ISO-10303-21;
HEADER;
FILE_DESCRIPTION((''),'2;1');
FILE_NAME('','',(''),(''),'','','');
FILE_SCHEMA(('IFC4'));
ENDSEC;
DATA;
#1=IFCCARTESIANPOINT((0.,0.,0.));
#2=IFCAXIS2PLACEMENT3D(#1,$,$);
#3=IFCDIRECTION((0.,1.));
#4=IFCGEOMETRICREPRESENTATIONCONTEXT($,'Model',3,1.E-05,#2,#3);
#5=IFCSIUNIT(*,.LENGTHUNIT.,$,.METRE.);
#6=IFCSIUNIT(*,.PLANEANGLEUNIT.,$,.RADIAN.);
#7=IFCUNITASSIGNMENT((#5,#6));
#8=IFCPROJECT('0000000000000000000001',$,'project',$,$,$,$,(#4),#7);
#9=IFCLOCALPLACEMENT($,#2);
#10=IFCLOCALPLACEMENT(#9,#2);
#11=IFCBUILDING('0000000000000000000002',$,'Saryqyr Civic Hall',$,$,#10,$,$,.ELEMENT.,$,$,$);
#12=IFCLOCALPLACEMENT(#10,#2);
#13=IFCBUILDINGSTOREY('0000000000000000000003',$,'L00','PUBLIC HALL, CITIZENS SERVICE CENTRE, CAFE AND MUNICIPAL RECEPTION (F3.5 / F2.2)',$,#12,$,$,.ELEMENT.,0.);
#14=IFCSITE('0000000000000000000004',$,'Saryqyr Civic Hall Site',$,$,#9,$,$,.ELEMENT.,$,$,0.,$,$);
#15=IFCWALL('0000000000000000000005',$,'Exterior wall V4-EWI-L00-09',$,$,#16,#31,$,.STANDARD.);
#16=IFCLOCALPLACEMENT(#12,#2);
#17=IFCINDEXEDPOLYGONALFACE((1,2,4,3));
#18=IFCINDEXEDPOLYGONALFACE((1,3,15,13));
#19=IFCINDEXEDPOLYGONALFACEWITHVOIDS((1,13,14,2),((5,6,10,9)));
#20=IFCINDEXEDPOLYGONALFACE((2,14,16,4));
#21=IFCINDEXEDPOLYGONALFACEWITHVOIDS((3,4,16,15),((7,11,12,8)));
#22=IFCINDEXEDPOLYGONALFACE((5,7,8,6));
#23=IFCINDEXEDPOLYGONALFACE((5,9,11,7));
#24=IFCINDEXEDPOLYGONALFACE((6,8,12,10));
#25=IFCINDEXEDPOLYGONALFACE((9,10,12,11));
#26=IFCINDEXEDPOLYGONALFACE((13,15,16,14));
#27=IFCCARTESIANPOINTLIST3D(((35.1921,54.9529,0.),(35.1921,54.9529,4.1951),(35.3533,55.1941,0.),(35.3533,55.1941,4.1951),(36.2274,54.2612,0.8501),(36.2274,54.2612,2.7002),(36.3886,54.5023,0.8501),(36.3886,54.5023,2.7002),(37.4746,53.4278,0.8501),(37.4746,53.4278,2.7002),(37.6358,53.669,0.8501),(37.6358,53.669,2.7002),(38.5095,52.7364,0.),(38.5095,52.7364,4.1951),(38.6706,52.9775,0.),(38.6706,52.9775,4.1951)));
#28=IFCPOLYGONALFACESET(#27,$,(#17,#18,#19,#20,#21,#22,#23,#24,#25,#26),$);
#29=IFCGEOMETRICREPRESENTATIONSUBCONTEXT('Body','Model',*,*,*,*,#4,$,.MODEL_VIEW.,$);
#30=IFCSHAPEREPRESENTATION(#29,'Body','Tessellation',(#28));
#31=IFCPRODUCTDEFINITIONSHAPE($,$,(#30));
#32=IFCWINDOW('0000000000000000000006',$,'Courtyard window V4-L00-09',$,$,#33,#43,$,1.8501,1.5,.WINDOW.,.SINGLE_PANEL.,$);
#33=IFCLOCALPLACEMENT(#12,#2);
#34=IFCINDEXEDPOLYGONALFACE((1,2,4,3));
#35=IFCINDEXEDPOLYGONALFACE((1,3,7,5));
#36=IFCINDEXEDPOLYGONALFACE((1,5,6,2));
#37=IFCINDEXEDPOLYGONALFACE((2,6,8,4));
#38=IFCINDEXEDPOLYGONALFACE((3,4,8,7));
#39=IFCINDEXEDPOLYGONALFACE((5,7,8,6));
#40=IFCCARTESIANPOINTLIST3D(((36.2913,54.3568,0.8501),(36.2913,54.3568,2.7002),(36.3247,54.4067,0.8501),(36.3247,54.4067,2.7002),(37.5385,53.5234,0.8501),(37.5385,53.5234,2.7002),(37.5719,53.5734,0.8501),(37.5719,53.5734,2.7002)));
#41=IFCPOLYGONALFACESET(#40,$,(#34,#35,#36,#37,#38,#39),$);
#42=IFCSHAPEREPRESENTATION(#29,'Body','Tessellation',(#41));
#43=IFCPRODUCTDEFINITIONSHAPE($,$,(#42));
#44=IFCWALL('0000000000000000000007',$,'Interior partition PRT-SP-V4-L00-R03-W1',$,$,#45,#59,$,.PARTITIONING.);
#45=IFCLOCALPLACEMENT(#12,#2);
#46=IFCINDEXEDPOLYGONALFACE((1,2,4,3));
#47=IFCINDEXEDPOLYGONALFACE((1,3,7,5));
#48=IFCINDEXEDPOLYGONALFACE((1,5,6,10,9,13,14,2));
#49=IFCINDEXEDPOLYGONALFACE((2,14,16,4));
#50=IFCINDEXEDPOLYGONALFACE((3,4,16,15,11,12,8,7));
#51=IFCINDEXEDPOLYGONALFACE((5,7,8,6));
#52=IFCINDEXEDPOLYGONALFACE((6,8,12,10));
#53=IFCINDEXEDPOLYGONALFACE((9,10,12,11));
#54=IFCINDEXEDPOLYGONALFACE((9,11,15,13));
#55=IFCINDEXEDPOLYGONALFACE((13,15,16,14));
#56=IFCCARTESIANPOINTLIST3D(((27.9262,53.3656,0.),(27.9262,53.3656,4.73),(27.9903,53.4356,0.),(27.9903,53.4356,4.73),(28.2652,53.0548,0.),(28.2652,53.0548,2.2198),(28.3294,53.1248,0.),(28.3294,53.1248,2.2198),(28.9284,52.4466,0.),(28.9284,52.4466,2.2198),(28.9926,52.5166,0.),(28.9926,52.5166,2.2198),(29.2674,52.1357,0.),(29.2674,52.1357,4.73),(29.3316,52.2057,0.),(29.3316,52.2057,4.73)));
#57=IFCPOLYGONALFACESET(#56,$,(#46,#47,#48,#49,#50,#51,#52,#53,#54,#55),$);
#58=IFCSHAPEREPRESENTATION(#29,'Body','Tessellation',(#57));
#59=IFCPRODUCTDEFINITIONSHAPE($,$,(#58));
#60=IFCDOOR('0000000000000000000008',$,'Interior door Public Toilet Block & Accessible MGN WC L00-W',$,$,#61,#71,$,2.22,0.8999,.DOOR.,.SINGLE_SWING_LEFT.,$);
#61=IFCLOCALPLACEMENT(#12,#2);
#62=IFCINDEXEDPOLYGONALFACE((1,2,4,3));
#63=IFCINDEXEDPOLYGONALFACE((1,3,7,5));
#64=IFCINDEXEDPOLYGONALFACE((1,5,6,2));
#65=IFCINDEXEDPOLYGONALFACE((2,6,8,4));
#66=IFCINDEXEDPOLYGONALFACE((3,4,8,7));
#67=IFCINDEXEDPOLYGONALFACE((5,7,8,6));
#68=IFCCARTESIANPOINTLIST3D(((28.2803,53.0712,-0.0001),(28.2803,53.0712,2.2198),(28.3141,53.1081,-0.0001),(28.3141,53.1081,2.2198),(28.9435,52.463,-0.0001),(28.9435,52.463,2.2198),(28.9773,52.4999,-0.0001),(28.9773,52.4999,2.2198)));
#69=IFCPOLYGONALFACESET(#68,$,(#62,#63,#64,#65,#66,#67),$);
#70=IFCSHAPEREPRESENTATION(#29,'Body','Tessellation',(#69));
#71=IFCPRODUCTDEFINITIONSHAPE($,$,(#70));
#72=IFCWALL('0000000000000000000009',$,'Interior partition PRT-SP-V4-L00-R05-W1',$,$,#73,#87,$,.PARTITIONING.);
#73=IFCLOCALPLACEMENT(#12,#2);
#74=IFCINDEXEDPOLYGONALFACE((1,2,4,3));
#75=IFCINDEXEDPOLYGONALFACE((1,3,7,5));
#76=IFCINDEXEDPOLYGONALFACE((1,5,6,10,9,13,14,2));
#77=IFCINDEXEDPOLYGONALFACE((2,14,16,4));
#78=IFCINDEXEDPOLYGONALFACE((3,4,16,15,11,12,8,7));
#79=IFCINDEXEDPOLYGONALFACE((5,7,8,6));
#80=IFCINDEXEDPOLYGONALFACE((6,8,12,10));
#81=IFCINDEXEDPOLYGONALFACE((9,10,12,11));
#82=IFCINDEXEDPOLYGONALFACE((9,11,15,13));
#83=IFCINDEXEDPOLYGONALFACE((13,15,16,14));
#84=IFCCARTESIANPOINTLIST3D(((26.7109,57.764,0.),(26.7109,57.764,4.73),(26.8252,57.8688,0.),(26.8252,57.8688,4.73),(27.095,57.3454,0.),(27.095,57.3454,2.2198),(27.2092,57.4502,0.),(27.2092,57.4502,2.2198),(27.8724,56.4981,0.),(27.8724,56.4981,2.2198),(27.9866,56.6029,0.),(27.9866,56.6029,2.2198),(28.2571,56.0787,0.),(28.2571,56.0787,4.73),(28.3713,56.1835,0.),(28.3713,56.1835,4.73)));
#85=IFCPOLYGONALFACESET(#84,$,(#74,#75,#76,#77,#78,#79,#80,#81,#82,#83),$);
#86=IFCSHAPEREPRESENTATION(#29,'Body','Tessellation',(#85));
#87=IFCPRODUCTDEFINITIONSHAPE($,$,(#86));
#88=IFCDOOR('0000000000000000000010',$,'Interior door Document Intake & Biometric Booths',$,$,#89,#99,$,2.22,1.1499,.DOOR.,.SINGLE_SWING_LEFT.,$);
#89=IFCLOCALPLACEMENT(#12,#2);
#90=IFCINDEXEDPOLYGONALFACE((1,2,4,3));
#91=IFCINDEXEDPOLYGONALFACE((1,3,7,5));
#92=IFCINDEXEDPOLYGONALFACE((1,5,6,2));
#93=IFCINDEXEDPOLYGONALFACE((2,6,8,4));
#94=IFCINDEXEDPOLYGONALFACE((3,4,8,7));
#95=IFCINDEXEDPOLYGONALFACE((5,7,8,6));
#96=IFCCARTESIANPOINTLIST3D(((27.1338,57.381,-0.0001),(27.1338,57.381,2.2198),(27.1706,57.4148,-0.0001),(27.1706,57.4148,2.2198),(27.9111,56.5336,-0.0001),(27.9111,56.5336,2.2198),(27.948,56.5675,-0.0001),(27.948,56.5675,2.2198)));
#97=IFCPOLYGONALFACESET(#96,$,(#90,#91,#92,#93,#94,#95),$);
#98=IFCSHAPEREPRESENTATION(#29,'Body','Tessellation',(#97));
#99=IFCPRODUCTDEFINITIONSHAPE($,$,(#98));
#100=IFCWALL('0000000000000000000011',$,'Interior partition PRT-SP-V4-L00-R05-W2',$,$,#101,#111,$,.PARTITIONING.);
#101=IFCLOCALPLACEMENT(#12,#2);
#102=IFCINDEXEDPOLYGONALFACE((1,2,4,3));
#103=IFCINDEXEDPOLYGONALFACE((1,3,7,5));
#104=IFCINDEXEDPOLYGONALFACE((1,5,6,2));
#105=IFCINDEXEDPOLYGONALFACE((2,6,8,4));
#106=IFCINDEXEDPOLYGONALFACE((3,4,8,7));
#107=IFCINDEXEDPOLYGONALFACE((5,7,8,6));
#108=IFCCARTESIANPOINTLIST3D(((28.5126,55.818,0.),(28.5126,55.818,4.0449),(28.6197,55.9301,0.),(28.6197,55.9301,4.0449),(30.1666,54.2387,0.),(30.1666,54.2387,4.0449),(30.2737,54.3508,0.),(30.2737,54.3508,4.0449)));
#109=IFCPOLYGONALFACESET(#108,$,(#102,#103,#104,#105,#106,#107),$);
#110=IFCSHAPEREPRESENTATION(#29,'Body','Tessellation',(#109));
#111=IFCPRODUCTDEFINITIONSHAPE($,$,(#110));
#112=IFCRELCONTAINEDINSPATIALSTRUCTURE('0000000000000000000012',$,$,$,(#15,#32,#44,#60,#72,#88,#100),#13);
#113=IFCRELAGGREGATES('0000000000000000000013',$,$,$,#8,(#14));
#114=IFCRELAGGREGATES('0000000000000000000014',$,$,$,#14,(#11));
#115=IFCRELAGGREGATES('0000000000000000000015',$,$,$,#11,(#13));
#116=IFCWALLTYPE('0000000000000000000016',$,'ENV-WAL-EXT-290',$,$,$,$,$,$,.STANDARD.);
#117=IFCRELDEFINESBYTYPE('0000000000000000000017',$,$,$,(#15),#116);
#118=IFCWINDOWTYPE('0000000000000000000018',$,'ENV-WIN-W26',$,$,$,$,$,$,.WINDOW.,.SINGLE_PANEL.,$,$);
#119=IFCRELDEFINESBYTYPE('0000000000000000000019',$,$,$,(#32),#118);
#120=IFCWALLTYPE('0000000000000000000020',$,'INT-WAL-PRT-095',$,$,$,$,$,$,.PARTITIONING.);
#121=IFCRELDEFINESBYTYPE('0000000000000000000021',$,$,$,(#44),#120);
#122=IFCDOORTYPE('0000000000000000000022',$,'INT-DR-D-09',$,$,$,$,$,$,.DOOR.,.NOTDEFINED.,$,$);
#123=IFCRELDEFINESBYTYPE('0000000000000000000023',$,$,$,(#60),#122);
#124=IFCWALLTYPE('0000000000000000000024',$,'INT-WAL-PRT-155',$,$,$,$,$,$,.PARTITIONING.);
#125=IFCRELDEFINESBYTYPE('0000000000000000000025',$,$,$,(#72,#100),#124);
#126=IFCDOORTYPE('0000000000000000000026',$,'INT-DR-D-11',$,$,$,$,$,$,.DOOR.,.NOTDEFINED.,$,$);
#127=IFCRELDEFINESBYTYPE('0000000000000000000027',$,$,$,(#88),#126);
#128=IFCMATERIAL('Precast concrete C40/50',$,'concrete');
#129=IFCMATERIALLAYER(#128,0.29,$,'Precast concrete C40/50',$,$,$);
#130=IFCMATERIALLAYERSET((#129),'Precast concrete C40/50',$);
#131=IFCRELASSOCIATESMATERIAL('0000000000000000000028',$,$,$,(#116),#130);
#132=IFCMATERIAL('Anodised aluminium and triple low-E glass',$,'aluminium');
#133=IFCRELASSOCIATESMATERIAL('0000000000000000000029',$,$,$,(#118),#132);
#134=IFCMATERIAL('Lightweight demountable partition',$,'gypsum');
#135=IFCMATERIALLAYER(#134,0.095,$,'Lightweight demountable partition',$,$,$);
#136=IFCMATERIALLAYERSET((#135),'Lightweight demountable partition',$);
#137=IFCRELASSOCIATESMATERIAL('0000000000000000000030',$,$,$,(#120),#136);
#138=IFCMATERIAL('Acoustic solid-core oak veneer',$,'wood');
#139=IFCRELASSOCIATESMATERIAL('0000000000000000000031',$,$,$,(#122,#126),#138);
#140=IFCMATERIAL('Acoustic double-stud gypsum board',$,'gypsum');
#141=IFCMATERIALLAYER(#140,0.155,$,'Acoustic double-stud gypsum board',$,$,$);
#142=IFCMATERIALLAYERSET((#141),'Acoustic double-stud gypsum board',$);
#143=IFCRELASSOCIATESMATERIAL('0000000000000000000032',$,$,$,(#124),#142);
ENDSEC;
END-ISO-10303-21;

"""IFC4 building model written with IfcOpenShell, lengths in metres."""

from ifc_helpers import new_model, si_unit, direction, frame, frame_2d, origin, place, context, subcontext, project, spatial, rectangle, extrude, material, layer, layer_set, type_object, element, fill, save


model = new_model("IFC4")

# Units and contexts
model_context = context("Model", 3, precision=1e-05, world=origin(), true_north=direction((0.0, 1.0)))
body_context = subcontext(model_context, "Body", "Model", "MODEL_VIEW")
ifc_project = project(units=[si_unit("LENGTHUNIT", "METRE"), si_unit("PLANEANGLEUNIT", "RADIAN")], contexts=[model_context])

# Site, building, storey
site_placement = place(None, origin())
site = spatial("IfcSite", under=ifc_project, at=site_placement, Name="Saryqyr Civic Hall Site", CompositionType="ELEMENT", RefElevation=0.0)
building_placement = place(site_placement, origin())
building = spatial("IfcBuilding", under=site, at=building_placement, Name="Saryqyr Civic Hall", CompositionType="ELEMENT")
storey_placement = place(building_placement, origin())
storey = spatial("IfcBuildingStorey", under=building, at=storey_placement, Name="L00", Description="PUBLIC HALL, CITIZENS SERVICE CENTRE, CAFE AND MUNICIPAL RECEPTION (F3.5 / F2.2)", CompositionType="ELEMENT", Elevation=0.0)

# Shared definitions
ifc_material_1 = material(Name="Anodised aluminium and triple low-E glass", Category="aluminium")

# Wall, opening, window
ifc_material_2 = material(Name="Precast concrete C40/50", Category="concrete")
ifc_layer_1 = layer(ifc_material_2, 0.29, Name="Precast concrete C40/50")
ifc_layer_set_1 = layer_set([ifc_layer_1], Name="Precast concrete C40/50")
wall_type_1 = type_object("IfcWallType", Name="ENV-WAL-EXT-290", PredefinedType="STANDARD", material=ifc_layer_set_1)
wall_1_placement = place(storey_placement, frame((35.2727, 55.0735, 0.0), z_axis=(0.0, 0.0, 1.0), x_axis=(0.831476, -0.555561, 0.0)))
wall_1 = element("IfcWall", 1, at=wall_1_placement, inside=storey, type_object=wall_type_1, Name="Exterior wall V4-EWI-L00-09", PredefinedType="STANDARD", context=body_context, shape_type="SweptSolid", body=[
    extrude(rectangle(XDim=3.9897, YDim=0.29, at=frame_2d((1.9949, 0.0))), origin(), (0.0, 0.0, 1.0), 4.1951),
])
opening_1_placement = place(wall_1_placement, frame((1.2451, 0.0, 0.8501)))
opening_1 = element("IfcOpeningElement", 2, at=opening_1_placement, cuts=wall_1, PredefinedType="OPENING", context=body_context, shape_type="SweptSolid", body=[
    extrude(rectangle(XDim=1.5, YDim=1.8501, at=frame_2d((0.75, 0.925))), frame((0.0, 0.155, 0.0), z_axis=(0.0, -1.0, 0.0), x_axis=(1.0, 0.0, 0.0)), (0.0, 0.0, 1.0), 0.3101),
])
window_type = type_object("IfcWindowType", Name="ENV-WIN-W26", PartitioningType="SINGLE_PANEL", PredefinedType="WINDOW", material=ifc_material_1)
window_placement = place(opening_1_placement, origin())
window = element("IfcWindow", 3, at=window_placement, inside=storey, type_object=window_type, Name="Courtyard window V4-L00-09", OverallHeight=1.8501, OverallWidth=1.5, PartitioningType="SINGLE_PANEL", PredefinedType="WINDOW", context=body_context, shape_type="SweptSolid", body=[
    extrude(rectangle(XDim=1.5, YDim=1.8501, at=frame_2d((0.75, 0.925))), frame((0.0, 0.03, 0.0), z_axis=(0.0, -1.0, 0.0), x_axis=(1.0, 0.0, 0.0)), (0.0, 0.0, 1.0), 0.0601),
])
fill(opening_1, window)

# Walls, openings, doors
ifc_material_3 = material(Name="Lightweight demountable partition", Category="gypsum")
ifc_layer_2 = layer(ifc_material_3, 0.095, Name="Lightweight demountable partition")
ifc_layer_set_2 = layer_set([ifc_layer_2], Name="Lightweight demountable partition")
wall_type_2 = type_object("IfcWallType", Name="INT-WAL-PRT-095", PredefinedType="PARTITIONING", material=ifc_layer_set_2)
wall_2_placement = place(storey_placement, frame((27.9583, 53.4006, 0.0), z_axis=(0.0, 0.0, 1.0), x_axis=(0.737032, -0.675858, 0.0)))
wall_2 = element("IfcWall", 4, at=wall_2_placement, inside=storey, type_object=wall_type_2, Name="Interior partition PRT-SP-V4-L00-R03-W1", PredefinedType="PARTITIONING", context=body_context, shape_type="SweptSolid", body=[
    extrude(rectangle(XDim=1.8198, YDim=0.095, at=frame_2d((0.9099, 0.0))), origin(), (0.0, 0.0, 1.0), 4.73),
])
opening_2_placement = place(wall_2_placement, frame((0.46, 0.0, 0.0)))
opening_2 = element("IfcOpeningElement", 5, at=opening_2_placement, cuts=wall_2, PredefinedType="OPENING", context=body_context, shape_type="SweptSolid", body=[
    extrude(rectangle(XDim=0.8999, YDim=2.22, at=frame_2d((0.45, 1.1099))), frame((0.0, 0.0574, 0.0), z_axis=(0.0, -1.0, 0.0), x_axis=(1.0, 0.0, 0.0)), (0.0, 0.0, 1.0), 0.115),
])
ifc_material_4 = material(Name="Acoustic solid-core oak veneer", Category="wood")
door_type_1 = type_object("IfcDoorType", Name="INT-DR-D-09", OperationType="NOTDEFINED", PredefinedType="DOOR", material=ifc_material_4)
door_1_placement = place(opening_2_placement, origin())
door_1 = element("IfcDoor", 6, at=door_1_placement, inside=storey, type_object=door_type_1, Name="Interior door Public Toilet Block & Accessible MGN WC L00-W", OperationType="SINGLE_SWING_LEFT", OverallHeight=2.22, OverallWidth=0.8999, PredefinedType="DOOR", context=body_context, shape_type="SweptSolid", body=[
    extrude(rectangle(XDim=0.8999, YDim=2.22, at=frame_2d((0.45, 1.1099))), frame((0.0, 0.0249, 0.0), z_axis=(0.0, -1.0, 0.0), x_axis=(1.0, 0.0, 0.0)), (0.0, 0.0, 1.0), 0.05),
])
fill(opening_2, door_1)
ifc_material_5 = material(Name="Acoustic double-stud gypsum board", Category="gypsum")
ifc_layer_3 = layer(ifc_material_5, 0.155, Name="Acoustic double-stud gypsum board")
ifc_layer_set_3 = layer_set([ifc_layer_3], Name="Acoustic double-stud gypsum board")
wall_type_3 = type_object("IfcWallType", Name="INT-WAL-PRT-155", PredefinedType="PARTITIONING", material=ifc_layer_set_3)
wall_3_placement = place(storey_placement, frame((28.3142, 56.1311, 0.0), z_axis=(0.0, 0.0, 1.0), x_axis=(-0.676029, 0.736875, 0.0)))
wall_3 = element("IfcWall", 7, at=wall_3_placement, inside=storey, type_object=wall_type_3, Name="Interior partition PRT-SP-V4-L00-R05-W1", PredefinedType="PARTITIONING", context=body_context, shape_type="SweptSolid", body=[
    extrude(rectangle(XDim=2.2871, YDim=0.155, at=frame_2d((1.1436, 0.0))), origin(), (0.0, 0.0, 1.0), 4.73),
])
opening_3_placement = place(wall_3_placement, frame((0.5691, 0.0, 0.0)))
opening_3 = element("IfcOpeningElement", 8, at=opening_3_placement, cuts=wall_3, PredefinedType="OPENING", context=body_context, shape_type="SweptSolid", body=[
    extrude(rectangle(XDim=1.1499, YDim=2.22, at=frame_2d((0.575, 1.1099))), frame((0.0, 0.0874, 0.0), z_axis=(0.0, -1.0, 0.0), x_axis=(1.0, 0.0, 0.0)), (0.0, 0.0, 1.0), 0.175),
])
door_type_2 = type_object("IfcDoorType", Name="INT-DR-D-11", OperationType="NOTDEFINED", PredefinedType="DOOR", material=ifc_material_4)
door_2_placement = place(opening_3_placement, origin())
door_2 = element("IfcDoor", 9, at=door_2_placement, inside=storey, type_object=door_type_2, Name="Interior door Document Intake & Biometric Booths", OperationType="SINGLE_SWING_LEFT", OverallHeight=2.22, OverallWidth=1.1499, PredefinedType="DOOR", context=body_context, shape_type="SweptSolid", body=[
    extrude(rectangle(XDim=1.1499, YDim=2.22, at=frame_2d((0.575, 1.1099))), frame((0.0, 0.0249, 0.0), z_axis=(0.0, -1.0, 0.0), x_axis=(1.0, 0.0, 0.0)), (0.0, 0.0, 1.0), 0.05),
])
fill(opening_3, door_2)

# Wall
wall_4_placement = place(storey_placement, frame((30.2202, 54.2947, 0.0), z_axis=(0.0, 0.0, 1.0), x_axis=(-0.723251, 0.690585, 0.0)))
element("IfcWall", 10, at=wall_4_placement, inside=storey, type_object=wall_type_3, Name="Interior partition PRT-SP-V4-L00-R05-W2", PredefinedType="PARTITIONING", context=body_context, shape_type="SweptSolid", body=[
    extrude(rectangle(XDim=2.2869, YDim=0.155, at=frame_2d((1.1436, 0.0))), origin(), (0.0, 0.0, 1.0), 4.0449),
])

save(model, "model.ifc")
